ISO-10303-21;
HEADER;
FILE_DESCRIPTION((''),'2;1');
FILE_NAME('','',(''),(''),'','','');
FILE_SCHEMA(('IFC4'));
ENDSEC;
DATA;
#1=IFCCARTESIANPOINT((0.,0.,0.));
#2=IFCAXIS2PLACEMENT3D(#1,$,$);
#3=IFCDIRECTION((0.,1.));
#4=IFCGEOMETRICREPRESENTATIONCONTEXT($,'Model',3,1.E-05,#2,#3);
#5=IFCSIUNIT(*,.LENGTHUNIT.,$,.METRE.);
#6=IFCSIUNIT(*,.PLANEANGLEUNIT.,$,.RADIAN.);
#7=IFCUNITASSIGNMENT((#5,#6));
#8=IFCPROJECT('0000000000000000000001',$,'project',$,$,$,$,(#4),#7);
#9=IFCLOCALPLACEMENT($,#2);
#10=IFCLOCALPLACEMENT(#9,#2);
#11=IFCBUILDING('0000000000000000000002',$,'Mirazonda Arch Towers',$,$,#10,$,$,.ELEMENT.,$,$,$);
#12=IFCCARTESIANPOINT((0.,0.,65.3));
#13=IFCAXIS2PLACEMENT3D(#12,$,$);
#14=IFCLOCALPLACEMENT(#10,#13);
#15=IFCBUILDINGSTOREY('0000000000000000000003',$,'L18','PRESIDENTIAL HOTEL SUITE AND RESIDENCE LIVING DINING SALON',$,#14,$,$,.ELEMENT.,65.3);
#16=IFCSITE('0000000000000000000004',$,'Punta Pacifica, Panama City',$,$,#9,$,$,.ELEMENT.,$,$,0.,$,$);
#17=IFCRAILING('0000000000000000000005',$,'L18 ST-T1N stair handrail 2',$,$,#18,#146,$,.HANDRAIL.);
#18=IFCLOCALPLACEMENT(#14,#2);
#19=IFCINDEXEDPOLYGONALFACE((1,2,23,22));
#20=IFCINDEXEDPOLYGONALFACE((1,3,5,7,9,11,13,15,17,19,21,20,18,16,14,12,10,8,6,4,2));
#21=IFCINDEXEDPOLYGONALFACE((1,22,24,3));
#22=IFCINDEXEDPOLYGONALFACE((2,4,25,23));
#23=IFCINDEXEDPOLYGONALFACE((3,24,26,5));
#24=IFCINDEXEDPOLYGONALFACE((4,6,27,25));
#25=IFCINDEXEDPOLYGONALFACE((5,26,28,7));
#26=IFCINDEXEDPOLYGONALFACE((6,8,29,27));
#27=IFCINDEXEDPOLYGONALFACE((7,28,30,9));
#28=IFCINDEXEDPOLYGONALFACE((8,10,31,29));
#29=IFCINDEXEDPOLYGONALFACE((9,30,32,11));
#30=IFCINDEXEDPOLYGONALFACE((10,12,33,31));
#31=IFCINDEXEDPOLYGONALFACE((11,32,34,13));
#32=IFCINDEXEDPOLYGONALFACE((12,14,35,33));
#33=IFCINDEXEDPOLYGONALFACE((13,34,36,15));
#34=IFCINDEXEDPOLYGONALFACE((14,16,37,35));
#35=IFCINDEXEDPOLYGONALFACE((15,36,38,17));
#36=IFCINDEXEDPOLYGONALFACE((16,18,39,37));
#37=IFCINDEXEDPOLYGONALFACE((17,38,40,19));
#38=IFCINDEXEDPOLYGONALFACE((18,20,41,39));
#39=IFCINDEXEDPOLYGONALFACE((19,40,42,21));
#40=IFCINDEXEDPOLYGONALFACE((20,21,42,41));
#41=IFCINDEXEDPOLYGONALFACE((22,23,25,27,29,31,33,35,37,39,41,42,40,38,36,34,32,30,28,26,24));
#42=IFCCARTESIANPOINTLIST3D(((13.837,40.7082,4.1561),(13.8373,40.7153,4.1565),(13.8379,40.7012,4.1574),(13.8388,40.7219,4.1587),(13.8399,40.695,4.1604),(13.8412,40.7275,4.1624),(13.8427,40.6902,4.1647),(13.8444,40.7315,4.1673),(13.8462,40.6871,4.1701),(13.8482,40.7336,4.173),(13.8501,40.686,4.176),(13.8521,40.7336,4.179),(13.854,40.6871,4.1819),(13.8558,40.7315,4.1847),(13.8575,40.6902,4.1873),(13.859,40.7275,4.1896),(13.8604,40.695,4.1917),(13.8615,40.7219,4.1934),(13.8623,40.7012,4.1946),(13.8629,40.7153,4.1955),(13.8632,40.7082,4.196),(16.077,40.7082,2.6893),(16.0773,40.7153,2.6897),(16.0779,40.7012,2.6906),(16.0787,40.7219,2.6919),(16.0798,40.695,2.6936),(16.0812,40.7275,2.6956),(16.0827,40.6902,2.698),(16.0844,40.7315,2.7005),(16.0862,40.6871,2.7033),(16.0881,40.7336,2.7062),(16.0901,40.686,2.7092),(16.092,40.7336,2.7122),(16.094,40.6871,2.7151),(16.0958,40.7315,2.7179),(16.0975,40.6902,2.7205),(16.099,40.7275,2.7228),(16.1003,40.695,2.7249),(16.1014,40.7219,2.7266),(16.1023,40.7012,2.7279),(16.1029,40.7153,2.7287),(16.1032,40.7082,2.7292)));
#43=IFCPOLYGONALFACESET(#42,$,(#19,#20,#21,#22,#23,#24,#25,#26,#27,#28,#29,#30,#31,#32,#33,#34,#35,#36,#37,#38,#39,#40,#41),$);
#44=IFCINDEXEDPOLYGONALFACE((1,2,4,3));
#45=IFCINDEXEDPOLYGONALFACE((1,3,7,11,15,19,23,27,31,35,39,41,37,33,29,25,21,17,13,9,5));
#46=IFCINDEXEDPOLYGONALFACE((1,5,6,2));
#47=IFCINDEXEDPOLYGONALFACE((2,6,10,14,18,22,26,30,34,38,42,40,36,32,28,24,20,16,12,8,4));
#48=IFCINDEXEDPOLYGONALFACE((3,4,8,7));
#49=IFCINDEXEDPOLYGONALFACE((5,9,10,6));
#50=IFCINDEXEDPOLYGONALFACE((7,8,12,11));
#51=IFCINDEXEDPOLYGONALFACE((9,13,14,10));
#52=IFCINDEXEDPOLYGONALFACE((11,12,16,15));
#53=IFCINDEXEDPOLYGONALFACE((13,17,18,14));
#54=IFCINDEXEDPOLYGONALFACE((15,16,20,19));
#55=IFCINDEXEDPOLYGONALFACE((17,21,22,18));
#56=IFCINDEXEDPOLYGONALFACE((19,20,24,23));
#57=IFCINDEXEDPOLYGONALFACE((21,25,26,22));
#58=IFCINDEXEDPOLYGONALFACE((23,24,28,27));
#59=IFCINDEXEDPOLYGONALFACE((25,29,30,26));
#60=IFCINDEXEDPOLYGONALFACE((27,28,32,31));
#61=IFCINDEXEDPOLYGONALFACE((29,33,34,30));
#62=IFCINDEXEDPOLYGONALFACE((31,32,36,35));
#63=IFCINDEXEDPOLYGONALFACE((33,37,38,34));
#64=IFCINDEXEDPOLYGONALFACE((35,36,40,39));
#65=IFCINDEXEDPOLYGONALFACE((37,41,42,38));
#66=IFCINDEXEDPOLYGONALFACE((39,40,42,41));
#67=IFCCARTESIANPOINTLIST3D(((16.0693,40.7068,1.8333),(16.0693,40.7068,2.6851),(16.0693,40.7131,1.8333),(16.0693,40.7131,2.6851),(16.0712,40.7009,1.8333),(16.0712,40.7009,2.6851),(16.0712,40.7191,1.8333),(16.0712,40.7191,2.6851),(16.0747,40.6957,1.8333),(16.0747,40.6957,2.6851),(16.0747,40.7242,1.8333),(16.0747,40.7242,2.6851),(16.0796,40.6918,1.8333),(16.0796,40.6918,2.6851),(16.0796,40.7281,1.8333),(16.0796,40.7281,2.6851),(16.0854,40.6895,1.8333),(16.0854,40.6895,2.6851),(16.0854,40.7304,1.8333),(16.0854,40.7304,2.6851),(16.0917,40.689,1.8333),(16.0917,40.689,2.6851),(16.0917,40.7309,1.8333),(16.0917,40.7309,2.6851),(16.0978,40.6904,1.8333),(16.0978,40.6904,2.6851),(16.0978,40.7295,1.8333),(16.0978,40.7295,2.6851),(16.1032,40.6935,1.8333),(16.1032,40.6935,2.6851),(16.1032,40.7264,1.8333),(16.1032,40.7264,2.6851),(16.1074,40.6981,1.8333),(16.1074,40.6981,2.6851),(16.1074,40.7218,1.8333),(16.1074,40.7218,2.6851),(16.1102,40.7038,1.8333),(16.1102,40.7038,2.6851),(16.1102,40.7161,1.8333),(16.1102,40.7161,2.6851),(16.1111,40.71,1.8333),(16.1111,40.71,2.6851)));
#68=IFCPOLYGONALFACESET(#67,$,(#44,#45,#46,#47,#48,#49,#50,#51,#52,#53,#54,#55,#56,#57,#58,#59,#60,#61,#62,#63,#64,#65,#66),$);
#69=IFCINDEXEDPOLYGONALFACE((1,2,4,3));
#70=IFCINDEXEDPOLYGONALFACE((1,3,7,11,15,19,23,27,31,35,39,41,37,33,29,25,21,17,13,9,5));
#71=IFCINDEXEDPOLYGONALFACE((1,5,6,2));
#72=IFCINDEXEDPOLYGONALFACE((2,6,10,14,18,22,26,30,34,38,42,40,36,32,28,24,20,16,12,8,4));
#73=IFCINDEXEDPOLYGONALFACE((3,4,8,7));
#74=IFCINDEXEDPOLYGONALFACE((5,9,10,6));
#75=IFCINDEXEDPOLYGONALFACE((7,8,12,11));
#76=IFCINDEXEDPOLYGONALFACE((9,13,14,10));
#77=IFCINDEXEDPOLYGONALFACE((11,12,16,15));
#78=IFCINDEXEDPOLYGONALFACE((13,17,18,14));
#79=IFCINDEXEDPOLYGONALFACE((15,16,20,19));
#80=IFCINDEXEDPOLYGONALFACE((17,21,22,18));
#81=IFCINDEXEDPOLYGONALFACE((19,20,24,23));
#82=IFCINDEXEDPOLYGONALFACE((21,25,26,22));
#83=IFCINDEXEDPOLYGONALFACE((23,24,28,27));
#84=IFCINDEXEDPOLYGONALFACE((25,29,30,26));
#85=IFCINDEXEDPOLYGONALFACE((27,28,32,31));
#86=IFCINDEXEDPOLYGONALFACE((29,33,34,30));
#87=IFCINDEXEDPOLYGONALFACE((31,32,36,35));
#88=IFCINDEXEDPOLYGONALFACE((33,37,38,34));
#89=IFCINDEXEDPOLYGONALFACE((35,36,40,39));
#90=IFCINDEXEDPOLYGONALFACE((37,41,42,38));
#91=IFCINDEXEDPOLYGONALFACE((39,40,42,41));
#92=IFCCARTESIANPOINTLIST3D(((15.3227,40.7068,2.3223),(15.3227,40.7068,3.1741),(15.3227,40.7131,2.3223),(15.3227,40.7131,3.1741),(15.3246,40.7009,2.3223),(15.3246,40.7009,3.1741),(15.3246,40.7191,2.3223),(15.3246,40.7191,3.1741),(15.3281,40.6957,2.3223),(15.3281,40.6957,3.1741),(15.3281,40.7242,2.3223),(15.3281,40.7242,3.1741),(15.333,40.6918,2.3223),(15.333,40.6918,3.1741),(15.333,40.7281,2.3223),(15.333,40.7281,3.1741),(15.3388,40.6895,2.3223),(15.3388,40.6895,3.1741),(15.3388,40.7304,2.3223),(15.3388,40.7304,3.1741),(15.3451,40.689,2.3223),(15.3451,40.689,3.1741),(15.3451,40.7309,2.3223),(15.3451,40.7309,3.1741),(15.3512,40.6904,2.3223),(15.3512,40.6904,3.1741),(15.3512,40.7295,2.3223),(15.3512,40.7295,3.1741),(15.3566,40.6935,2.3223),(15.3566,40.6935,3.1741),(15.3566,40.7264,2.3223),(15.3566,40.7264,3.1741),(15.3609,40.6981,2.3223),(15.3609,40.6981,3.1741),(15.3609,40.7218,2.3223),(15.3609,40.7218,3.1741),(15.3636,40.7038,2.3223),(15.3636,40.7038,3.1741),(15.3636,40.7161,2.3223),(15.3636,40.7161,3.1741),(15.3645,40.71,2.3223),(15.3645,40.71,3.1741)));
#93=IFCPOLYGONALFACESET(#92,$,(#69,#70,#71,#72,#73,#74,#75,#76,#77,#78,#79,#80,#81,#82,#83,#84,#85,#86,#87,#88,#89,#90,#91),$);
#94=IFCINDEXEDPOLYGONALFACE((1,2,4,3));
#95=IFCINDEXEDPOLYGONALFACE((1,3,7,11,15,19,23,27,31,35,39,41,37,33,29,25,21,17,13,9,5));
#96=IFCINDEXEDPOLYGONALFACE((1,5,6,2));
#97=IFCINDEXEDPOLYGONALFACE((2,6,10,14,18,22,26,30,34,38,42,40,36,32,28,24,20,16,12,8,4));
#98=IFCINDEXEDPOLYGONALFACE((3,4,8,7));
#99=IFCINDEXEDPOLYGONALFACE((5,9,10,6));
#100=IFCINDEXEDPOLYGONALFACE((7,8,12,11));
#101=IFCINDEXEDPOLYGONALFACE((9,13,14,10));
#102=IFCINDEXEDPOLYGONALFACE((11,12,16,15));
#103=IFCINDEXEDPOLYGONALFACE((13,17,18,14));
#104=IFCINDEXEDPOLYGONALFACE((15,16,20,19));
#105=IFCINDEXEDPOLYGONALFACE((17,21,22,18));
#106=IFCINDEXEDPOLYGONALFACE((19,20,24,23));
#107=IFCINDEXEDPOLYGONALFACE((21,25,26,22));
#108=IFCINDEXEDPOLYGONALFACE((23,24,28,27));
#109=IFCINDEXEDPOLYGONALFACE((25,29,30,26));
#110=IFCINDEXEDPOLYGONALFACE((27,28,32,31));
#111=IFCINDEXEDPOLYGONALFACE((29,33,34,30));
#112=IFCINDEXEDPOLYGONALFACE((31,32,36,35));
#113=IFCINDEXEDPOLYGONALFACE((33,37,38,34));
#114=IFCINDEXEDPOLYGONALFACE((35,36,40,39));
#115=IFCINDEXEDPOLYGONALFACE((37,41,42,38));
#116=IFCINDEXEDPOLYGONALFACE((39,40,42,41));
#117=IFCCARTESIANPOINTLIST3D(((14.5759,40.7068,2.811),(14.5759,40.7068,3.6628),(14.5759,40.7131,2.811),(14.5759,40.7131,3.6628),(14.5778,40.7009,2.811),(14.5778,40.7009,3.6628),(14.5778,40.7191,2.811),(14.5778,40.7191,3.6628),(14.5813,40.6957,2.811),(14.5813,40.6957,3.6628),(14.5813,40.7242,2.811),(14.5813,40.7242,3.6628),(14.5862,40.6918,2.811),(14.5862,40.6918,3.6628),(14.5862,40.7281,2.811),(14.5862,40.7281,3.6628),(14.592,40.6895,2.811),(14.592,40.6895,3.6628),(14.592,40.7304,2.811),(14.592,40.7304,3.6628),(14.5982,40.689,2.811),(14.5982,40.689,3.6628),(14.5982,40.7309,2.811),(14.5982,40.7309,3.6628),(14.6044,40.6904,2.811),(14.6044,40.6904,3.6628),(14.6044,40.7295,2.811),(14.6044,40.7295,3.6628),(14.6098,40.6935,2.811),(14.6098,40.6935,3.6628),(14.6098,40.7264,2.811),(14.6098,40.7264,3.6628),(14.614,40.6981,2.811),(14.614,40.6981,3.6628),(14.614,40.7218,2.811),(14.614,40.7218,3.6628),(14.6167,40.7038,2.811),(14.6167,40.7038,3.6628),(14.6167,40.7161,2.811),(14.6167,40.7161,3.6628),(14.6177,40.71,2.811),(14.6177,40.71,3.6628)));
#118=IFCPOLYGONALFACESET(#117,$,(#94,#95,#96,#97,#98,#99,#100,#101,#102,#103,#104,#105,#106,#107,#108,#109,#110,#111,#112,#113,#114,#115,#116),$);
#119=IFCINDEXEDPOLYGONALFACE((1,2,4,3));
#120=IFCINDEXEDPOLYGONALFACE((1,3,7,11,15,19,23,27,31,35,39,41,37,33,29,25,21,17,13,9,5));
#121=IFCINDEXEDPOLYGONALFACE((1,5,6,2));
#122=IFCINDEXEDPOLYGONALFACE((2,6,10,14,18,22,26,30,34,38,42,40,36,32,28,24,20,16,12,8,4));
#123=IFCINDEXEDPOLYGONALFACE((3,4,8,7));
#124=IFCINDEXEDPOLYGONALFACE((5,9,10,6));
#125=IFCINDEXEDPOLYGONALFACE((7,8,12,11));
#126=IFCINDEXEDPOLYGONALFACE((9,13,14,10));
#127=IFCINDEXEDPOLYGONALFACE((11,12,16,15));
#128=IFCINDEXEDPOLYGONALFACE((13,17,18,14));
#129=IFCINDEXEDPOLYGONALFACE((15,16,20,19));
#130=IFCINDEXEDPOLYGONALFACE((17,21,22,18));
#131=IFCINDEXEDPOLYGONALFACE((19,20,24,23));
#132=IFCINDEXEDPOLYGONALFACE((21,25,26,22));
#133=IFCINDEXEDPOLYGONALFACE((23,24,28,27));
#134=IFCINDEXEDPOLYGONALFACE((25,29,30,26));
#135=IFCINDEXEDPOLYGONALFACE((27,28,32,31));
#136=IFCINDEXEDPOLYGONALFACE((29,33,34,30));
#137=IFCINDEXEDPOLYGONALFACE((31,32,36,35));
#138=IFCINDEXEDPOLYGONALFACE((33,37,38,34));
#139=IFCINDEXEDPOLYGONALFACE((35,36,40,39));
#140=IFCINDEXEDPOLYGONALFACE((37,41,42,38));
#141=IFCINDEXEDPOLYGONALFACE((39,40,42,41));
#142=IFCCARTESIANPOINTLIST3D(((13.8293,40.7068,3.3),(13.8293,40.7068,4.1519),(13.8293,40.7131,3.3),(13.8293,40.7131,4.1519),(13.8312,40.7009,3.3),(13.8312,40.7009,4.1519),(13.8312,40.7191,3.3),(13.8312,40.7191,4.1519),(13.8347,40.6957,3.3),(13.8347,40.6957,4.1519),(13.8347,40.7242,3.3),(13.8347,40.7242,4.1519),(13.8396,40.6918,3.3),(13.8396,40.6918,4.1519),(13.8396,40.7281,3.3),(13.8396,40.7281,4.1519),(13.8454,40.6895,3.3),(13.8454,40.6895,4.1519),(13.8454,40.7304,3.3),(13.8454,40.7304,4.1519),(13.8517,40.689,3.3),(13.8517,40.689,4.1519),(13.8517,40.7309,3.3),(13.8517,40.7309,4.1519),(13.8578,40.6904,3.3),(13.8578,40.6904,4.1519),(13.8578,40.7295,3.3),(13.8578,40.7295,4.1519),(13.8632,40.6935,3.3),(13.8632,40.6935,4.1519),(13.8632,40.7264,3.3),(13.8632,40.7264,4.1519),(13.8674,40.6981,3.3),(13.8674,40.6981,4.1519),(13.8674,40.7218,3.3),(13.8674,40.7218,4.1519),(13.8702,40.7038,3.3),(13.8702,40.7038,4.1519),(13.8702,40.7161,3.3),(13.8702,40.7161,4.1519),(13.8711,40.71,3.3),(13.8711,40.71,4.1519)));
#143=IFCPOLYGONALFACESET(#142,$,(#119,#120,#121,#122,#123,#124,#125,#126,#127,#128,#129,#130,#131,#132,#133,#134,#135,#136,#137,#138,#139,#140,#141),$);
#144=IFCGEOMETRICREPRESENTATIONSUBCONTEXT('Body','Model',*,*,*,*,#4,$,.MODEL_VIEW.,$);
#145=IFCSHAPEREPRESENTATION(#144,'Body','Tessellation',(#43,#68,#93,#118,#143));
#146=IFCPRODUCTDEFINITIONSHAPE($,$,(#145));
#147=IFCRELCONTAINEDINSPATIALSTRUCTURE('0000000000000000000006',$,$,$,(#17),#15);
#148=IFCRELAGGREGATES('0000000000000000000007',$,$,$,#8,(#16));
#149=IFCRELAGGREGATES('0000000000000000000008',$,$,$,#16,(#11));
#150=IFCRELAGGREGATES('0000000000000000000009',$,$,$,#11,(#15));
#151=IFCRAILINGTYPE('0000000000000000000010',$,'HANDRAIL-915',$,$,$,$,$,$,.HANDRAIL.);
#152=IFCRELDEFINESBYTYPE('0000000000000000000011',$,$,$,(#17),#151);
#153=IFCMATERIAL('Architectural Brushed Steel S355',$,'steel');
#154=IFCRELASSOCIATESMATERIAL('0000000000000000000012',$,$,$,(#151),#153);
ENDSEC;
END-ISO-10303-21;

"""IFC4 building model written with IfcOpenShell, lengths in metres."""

from ifc_helpers import new_model, si_unit, direction, frame, origin, origin_2d, place, context, subcontext, project, spatial, circle, extrude, material, type_object, element, save


model = new_model("IFC4")

# Units and contexts
model_context = context("Model", 3, precision=1e-05, world=origin(), true_north=direction((0.0, 1.0)))
body_context = subcontext(model_context, "Body", "Model", "MODEL_VIEW")
ifc_project = project(units=[si_unit("LENGTHUNIT", "METRE"), si_unit("PLANEANGLEUNIT", "RADIAN")], contexts=[model_context])

# Site, building, storey
site_placement = place(None, origin())
site = spatial("IfcSite", under=ifc_project, at=site_placement, Name="Punta Pacifica, Panama City", CompositionType="ELEMENT", RefElevation=0.0)
building_placement = place(site_placement, origin())
building = spatial("IfcBuilding", under=site, at=building_placement, Name="Mirazonda Arch Towers", CompositionType="ELEMENT")
storey_placement = place(building_placement, frame((0.0, 0.0, 65.3)))
storey = spatial("IfcBuildingStorey", under=building, at=storey_placement, Name="L18", Description="PRESIDENTIAL HOTEL SUITE AND RESIDENCE LIVING DINING SALON", CompositionType="ELEMENT", Elevation=65.3)

# Shared definitions
ifc_material_1 = material(Name="Architectural Brushed Steel S355", Category="steel")

# Railing
railing_type_1 = type_object("IfcRailingType", Name="HANDRAIL-915", PredefinedType="HANDRAIL", material=ifc_material_1)
railing_1_placement = place(storey_placement, frame((16.0901, 40.71, 1.8333)))
element("IfcRailing", 1, at=railing_1_placement, inside=storey, type_object=railing_type_1, Name="L18 ST-T1N stair handrail 2", PredefinedType="HANDRAIL", context=body_context, shape_type="SweptSolid", body=[
    extrude(circle(Radius=0.0239, at=origin_2d()), frame((0.0, 0.0, 0.876), z_axis=(-0.836595, 0.0, 0.547822), x_axis=(0.0, -1.0, 0.0)), (0.0, 0.0, 1.0), 2.6775),
    extrude(circle(Radius=0.021, at=origin_2d()), origin(), (0.0, 0.0, 1.0), 0.8518),
    extrude(circle(Radius=0.021, at=origin_2d()), frame((-0.7466, 0.0, 0.489)), (0.0, 0.0, 1.0), 0.8518),
    extrude(circle(Radius=0.021, at=origin_2d()), frame((-1.4934, 0.0, 0.9778)), (0.0, 0.0, 1.0), 0.8518),
    extrude(circle(Radius=0.021, at=origin_2d()), frame((-2.24, 0.0, 1.4668)), (0.0, 0.0, 1.0), 0.8518),
])

save(model, "model.ifc")
